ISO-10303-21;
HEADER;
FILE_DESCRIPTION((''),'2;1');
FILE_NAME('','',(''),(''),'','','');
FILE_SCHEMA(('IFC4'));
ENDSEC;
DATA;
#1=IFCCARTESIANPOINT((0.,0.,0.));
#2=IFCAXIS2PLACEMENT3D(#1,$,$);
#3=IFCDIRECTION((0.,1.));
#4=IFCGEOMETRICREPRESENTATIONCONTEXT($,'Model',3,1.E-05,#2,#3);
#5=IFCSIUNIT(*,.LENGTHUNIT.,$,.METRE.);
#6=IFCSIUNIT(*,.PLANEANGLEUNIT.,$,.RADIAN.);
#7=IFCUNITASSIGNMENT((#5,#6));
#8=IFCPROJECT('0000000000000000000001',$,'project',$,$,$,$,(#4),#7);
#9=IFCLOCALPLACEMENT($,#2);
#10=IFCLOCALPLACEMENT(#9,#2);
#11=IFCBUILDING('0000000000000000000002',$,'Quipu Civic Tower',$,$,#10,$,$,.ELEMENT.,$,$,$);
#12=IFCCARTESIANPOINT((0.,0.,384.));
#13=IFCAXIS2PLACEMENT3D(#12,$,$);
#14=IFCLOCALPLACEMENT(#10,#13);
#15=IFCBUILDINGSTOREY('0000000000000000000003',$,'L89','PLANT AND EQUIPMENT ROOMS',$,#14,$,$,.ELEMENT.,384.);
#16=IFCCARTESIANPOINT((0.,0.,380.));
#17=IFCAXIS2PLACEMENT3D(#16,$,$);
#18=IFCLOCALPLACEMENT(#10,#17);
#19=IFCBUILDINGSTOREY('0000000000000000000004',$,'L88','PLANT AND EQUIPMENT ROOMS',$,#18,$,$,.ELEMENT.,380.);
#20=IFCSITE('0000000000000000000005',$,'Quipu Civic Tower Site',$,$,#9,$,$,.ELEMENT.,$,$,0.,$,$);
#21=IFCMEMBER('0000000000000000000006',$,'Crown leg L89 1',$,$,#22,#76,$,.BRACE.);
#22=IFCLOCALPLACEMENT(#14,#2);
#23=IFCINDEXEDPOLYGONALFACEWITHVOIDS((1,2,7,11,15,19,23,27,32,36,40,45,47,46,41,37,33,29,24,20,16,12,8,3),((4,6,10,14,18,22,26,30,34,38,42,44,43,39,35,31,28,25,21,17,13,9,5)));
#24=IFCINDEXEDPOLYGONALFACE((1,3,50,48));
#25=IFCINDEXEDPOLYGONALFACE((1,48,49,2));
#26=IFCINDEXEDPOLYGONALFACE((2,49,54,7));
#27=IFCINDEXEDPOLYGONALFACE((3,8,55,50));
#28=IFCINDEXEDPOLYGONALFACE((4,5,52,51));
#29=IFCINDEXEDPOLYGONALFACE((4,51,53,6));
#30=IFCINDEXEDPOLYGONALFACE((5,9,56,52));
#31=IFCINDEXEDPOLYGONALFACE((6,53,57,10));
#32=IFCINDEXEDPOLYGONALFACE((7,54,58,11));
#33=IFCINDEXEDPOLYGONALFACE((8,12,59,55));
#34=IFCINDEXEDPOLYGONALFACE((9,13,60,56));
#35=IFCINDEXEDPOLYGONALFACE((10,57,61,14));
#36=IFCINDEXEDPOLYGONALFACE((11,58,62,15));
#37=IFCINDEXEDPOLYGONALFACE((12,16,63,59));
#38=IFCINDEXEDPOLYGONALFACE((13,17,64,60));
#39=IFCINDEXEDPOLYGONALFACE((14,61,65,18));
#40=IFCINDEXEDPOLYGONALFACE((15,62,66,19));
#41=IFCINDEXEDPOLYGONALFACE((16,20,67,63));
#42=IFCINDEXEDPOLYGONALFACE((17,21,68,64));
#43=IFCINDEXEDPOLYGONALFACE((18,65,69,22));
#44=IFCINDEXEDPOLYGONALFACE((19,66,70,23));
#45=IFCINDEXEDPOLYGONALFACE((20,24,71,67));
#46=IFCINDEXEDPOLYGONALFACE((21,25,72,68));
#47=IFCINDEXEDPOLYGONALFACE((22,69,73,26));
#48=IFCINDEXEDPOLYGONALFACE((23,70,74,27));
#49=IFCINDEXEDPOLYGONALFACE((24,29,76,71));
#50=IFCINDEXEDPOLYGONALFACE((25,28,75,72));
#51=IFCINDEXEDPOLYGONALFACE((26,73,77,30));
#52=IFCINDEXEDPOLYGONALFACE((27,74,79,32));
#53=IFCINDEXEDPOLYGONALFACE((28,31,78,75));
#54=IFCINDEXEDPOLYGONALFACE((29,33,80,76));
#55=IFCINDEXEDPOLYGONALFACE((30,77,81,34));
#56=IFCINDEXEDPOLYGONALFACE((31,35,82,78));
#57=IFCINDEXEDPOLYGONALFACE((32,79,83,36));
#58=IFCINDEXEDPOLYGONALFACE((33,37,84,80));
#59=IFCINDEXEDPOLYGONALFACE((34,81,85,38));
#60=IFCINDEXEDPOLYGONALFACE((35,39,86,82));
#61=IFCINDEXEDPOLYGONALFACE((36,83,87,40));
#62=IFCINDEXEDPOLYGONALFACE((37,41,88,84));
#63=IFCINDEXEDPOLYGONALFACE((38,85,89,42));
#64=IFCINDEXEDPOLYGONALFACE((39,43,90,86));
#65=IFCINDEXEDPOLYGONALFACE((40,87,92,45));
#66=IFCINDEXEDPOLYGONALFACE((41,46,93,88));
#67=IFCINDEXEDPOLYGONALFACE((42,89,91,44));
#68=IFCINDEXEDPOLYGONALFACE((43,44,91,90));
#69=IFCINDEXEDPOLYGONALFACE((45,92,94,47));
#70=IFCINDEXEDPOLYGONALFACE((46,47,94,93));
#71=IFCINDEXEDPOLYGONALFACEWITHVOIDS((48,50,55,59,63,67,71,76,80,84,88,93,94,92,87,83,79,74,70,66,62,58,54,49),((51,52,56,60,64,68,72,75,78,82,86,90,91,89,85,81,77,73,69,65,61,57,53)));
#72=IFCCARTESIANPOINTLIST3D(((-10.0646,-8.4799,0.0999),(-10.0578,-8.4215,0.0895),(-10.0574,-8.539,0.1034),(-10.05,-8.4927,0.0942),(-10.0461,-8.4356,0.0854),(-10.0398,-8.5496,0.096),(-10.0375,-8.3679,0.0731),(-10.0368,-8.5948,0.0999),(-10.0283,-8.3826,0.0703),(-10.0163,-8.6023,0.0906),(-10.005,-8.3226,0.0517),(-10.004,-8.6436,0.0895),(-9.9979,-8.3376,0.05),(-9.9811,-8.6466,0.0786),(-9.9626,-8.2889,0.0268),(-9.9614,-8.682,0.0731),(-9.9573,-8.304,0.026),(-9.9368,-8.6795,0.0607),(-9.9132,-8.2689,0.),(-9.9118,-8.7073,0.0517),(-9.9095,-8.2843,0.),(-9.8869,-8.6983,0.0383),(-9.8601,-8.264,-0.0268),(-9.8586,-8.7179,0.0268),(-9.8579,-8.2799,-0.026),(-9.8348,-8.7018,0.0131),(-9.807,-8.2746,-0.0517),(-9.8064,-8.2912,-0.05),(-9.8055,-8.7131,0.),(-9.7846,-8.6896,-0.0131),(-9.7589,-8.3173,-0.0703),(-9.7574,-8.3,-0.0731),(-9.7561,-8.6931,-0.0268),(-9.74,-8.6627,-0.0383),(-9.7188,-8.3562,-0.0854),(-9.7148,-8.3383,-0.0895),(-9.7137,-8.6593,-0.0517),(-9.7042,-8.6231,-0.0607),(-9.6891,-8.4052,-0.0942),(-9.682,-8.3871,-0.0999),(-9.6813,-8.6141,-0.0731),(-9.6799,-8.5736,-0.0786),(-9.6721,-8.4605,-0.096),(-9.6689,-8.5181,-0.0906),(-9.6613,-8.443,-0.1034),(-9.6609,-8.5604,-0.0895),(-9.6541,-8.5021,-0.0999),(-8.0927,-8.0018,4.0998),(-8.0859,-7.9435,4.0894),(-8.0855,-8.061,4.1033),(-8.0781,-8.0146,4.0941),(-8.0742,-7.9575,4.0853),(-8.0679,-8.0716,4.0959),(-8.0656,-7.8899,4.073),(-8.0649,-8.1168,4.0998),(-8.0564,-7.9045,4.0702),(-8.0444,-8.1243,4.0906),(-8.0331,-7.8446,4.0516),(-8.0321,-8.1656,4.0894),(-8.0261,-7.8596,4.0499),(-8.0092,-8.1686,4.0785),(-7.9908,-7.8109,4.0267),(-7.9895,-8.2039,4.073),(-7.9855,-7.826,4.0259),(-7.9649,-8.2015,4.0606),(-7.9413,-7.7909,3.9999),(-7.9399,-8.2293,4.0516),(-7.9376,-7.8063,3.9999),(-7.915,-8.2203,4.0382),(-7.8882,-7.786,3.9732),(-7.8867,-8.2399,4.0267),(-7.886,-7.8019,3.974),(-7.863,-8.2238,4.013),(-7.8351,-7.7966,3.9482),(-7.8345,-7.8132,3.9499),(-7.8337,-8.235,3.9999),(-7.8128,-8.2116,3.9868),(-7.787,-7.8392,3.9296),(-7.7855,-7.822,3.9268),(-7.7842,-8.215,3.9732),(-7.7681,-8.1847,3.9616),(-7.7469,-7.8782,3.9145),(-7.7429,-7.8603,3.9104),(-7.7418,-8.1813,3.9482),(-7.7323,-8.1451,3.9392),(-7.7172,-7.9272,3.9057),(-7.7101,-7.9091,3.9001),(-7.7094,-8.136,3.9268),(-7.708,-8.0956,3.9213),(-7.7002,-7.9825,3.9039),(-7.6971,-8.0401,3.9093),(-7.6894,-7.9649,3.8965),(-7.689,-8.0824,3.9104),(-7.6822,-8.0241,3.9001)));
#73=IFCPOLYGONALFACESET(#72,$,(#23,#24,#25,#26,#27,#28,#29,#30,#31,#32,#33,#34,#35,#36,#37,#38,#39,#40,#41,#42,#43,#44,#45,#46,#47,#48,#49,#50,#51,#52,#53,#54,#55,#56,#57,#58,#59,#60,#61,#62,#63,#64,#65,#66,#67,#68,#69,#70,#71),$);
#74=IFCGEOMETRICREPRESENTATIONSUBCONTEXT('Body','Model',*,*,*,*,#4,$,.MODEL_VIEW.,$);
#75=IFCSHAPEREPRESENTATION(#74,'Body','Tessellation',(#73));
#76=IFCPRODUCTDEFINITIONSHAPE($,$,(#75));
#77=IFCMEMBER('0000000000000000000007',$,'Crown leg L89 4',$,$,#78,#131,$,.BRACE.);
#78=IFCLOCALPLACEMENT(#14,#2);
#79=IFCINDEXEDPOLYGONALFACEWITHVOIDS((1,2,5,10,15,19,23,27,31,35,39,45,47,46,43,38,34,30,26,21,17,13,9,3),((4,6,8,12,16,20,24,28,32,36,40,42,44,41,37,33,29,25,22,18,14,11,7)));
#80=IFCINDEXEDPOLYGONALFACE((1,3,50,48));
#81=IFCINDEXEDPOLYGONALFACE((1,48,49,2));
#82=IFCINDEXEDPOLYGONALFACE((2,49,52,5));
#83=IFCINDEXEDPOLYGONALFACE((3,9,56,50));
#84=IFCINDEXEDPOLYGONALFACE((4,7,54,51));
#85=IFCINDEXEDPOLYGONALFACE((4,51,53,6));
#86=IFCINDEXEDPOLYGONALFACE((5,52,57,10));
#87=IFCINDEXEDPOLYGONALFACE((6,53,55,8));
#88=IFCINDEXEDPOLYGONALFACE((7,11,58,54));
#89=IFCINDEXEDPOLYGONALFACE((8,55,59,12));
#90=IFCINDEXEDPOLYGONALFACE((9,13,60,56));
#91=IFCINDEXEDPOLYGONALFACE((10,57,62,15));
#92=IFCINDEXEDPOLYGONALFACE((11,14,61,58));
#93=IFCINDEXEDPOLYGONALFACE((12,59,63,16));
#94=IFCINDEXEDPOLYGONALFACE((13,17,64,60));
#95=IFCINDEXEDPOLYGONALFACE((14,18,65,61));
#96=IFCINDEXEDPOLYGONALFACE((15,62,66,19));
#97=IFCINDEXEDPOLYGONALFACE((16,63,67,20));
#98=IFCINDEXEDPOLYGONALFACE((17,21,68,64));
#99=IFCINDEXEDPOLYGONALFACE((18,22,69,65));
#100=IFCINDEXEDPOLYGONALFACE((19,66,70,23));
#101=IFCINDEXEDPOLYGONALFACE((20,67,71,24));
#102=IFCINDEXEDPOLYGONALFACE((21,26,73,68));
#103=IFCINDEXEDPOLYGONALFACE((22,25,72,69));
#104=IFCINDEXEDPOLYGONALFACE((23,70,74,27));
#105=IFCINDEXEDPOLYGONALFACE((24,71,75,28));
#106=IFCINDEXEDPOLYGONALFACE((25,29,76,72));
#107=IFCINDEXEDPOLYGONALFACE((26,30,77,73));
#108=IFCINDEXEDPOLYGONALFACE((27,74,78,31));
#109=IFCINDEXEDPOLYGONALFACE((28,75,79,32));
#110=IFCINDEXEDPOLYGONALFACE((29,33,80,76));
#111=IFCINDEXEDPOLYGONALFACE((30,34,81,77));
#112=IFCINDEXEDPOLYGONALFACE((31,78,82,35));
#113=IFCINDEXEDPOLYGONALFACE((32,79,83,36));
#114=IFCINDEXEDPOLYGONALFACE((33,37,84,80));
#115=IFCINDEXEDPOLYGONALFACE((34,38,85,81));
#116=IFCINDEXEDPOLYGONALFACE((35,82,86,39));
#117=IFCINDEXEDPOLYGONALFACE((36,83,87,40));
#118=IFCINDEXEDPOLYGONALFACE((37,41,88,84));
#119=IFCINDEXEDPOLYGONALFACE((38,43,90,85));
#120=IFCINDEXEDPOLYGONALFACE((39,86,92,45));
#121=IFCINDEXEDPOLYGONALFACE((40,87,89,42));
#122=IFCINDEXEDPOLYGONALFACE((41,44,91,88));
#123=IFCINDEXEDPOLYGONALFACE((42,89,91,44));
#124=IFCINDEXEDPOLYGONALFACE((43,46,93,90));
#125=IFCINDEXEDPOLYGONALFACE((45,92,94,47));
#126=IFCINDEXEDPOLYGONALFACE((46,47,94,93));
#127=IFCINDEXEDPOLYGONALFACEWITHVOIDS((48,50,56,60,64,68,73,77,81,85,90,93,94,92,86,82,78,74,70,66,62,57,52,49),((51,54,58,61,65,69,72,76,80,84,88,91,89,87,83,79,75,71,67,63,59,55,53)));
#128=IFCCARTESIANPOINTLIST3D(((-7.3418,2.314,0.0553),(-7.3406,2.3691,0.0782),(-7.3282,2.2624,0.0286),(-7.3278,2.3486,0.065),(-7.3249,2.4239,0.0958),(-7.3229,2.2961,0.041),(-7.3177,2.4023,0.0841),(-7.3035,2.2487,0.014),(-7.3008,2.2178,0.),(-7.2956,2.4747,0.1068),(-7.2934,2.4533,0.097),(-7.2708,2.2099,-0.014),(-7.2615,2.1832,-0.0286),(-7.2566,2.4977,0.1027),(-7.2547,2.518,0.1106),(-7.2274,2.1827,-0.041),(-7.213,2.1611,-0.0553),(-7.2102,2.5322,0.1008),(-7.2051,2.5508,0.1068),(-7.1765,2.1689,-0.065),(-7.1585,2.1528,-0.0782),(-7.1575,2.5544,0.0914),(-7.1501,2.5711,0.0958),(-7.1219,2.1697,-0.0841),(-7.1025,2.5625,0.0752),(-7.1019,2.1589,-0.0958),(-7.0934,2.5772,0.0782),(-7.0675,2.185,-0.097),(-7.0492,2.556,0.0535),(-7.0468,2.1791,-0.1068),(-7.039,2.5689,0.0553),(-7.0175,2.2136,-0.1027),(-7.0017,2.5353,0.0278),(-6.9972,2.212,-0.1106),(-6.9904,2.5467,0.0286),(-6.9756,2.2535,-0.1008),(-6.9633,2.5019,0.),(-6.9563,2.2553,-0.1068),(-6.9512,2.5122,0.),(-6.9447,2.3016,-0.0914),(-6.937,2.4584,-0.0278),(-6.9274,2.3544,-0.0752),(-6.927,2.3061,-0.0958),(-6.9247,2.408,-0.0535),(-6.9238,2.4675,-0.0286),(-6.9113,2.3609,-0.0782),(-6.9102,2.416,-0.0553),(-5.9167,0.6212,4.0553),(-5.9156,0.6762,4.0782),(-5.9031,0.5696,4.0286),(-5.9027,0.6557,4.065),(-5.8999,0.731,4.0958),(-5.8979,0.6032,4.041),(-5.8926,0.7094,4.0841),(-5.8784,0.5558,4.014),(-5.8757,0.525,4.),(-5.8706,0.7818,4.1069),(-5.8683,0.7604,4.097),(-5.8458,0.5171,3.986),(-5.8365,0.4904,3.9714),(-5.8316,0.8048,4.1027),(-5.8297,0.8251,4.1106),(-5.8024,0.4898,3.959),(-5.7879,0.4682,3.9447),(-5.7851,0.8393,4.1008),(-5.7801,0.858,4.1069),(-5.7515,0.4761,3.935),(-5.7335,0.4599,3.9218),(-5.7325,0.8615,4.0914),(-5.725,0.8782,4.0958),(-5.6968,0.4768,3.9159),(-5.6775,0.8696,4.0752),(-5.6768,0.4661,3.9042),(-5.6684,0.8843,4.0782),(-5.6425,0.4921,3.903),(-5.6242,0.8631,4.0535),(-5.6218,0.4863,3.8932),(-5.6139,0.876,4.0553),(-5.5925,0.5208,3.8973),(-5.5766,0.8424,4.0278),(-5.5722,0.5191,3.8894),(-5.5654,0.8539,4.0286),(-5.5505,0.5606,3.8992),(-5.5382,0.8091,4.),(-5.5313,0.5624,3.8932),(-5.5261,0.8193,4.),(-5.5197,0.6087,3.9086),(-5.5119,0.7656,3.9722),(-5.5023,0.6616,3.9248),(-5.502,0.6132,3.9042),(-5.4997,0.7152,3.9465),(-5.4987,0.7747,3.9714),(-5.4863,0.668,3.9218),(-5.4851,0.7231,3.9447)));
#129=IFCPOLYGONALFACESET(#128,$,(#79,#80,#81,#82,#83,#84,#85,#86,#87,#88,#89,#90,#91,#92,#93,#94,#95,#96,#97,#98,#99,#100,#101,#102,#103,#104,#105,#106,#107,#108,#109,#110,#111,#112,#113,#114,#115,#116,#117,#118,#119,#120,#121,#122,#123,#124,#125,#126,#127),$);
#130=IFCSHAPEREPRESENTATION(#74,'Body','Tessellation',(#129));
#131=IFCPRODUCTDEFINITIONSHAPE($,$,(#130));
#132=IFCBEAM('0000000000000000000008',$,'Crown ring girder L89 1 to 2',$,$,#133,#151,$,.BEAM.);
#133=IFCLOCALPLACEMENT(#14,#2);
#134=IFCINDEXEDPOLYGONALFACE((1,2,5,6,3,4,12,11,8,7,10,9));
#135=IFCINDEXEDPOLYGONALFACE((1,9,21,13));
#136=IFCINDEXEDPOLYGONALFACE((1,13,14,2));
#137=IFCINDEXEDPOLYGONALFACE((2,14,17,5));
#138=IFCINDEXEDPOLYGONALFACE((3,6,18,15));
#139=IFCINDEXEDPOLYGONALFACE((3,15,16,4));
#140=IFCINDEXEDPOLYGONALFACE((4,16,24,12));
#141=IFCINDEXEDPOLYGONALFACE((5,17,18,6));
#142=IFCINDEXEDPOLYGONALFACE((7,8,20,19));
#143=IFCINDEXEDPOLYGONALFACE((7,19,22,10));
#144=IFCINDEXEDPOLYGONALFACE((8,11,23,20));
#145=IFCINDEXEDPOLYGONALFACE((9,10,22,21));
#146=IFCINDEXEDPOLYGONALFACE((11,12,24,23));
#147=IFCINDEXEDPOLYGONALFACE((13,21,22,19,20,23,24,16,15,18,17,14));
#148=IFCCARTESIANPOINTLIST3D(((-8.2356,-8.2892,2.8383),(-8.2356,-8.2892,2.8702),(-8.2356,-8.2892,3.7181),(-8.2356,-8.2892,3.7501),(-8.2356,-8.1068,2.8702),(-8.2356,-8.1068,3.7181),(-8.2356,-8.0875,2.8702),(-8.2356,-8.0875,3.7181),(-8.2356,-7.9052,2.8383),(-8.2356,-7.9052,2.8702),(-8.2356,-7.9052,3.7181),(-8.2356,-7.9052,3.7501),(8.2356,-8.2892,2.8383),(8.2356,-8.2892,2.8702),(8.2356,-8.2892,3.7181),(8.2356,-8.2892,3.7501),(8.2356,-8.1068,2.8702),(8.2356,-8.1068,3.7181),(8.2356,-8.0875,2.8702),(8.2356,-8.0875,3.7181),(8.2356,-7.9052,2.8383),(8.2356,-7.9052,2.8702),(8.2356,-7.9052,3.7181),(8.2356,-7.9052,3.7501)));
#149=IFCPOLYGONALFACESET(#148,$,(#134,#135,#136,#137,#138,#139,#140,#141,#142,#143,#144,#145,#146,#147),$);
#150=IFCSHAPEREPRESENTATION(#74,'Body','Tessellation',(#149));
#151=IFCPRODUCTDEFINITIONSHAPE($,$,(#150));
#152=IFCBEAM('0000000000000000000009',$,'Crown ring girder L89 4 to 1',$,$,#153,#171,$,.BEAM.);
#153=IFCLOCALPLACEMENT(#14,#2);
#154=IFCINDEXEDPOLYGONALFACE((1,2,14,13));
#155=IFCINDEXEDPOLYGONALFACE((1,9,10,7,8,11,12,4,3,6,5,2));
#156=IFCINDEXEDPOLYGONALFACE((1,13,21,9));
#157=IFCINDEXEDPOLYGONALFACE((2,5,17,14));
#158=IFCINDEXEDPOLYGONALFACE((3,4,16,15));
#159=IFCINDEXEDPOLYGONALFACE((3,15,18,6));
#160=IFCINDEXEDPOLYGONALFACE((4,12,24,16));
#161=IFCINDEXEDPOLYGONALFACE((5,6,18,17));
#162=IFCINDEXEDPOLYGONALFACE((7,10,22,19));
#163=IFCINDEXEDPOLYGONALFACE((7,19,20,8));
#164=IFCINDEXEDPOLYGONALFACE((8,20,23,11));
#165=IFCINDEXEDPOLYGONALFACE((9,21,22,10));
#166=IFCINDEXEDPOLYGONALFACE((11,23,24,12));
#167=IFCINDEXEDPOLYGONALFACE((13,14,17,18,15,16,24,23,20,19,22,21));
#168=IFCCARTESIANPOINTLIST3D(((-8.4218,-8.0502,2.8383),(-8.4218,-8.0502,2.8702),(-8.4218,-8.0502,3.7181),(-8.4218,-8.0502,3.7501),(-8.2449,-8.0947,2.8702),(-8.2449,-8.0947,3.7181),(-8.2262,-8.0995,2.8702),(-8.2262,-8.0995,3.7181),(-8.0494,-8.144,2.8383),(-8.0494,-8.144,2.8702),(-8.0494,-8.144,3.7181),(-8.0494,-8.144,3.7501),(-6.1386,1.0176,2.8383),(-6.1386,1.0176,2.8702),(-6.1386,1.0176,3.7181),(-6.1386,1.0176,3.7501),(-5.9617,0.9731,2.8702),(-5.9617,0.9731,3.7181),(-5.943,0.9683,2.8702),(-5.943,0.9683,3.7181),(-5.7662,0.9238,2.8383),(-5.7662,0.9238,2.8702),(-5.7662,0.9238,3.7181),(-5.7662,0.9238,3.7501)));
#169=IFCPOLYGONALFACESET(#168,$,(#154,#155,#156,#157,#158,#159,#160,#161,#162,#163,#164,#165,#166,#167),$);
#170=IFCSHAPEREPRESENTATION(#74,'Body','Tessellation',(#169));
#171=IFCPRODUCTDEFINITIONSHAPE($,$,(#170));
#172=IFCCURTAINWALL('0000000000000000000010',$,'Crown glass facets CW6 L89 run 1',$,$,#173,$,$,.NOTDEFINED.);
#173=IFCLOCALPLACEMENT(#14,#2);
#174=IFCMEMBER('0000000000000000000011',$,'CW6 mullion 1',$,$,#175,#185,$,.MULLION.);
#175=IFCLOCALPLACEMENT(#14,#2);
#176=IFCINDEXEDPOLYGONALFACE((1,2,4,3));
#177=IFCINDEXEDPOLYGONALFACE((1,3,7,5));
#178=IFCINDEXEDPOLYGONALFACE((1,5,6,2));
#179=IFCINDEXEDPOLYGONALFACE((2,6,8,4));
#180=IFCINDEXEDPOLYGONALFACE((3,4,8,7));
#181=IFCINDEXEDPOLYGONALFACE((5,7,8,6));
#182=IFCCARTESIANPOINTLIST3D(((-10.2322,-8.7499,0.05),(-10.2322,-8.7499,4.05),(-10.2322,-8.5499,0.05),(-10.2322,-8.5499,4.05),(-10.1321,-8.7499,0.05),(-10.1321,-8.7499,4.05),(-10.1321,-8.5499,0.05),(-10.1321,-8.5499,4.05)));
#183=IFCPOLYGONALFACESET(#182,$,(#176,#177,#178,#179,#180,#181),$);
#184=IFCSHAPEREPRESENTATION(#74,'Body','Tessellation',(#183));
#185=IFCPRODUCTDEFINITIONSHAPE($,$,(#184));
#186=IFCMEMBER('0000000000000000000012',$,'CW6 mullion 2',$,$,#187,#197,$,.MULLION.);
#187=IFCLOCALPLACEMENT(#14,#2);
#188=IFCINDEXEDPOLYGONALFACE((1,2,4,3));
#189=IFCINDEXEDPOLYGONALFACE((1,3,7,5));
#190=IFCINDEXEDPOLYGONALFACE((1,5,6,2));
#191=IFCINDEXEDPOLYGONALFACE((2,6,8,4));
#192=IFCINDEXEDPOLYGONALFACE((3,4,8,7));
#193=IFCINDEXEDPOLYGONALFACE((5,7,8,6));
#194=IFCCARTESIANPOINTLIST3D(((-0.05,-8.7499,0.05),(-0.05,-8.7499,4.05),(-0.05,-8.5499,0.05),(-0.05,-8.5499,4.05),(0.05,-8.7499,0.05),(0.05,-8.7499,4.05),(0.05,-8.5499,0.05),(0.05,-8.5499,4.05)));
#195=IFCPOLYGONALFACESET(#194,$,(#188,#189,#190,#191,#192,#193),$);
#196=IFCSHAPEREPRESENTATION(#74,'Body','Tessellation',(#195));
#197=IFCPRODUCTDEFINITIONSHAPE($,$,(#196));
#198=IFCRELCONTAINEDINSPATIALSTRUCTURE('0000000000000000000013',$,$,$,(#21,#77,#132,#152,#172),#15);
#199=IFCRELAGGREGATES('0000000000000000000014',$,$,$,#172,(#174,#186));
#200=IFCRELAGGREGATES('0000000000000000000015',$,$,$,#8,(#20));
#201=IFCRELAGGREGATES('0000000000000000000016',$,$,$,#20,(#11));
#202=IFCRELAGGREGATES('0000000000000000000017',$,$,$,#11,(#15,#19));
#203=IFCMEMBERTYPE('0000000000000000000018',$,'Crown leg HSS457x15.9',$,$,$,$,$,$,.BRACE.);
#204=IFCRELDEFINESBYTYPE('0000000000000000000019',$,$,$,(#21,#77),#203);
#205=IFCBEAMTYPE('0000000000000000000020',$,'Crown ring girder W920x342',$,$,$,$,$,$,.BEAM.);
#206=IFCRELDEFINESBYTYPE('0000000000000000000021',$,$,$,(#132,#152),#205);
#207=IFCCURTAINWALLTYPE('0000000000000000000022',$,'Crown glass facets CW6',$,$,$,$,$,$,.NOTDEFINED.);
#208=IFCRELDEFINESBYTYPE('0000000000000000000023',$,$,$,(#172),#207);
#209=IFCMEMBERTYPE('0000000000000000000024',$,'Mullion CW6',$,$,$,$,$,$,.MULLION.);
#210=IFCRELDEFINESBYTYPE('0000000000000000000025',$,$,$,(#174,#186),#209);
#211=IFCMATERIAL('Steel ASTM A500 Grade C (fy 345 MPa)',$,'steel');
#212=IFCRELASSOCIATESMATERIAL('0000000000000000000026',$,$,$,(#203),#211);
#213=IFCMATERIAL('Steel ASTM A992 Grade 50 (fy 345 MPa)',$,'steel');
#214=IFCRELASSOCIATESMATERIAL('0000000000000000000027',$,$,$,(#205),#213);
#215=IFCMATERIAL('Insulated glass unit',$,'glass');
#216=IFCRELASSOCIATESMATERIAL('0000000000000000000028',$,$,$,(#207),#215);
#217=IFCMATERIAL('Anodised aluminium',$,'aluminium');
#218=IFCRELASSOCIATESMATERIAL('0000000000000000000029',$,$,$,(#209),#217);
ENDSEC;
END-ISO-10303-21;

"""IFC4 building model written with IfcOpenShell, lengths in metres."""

from ifc_helpers import new_model, si_unit, direction, frame, origin, origin_2d, place, context, subcontext, project, spatial, rectangle, hollow_circle, i_section, extrude, material, material_profile, profile_set, type_object, element, aggregate, save


model = new_model("IFC4")

# Units and contexts
model_context = context("Model", 3, precision=1e-05, world=origin(), true_north=direction((0.0, 1.0)))
body_context = subcontext(model_context, "Body", "Model", "MODEL_VIEW")
ifc_project = project(units=[si_unit("LENGTHUNIT", "METRE"), si_unit("PLANEANGLEUNIT", "RADIAN")], contexts=[model_context])

# Site, building, storey
site_placement = place(None, origin())
site = spatial("IfcSite", under=ifc_project, at=site_placement, Name="Quipu Civic Tower Site", CompositionType="ELEMENT", RefElevation=0.0)
building_placement = place(site_placement, origin())
building = spatial("IfcBuilding", under=site, at=building_placement, Name="Quipu Civic Tower", CompositionType="ELEMENT")
storey_1_placement = place(building_placement, frame((0.0, 0.0, 384.0)))
storey_1 = spatial("IfcBuildingStorey", under=building, at=storey_1_placement, Name="L89", Description="PLANT AND EQUIPMENT ROOMS", CompositionType="ELEMENT", Elevation=384.0)

# Members
ifc_material_1 = material(Name="Steel ASTM A500 Grade C (fy 345 MPa)", Category="steel")
ifc_material_profile_1 = material_profile(ifc_material_1, hollow_circle(Radius=0.2285, WallThickness=0.0159, at=origin_2d()), Name="HSS457x15.9")
ifc_profile_set_1 = profile_set([ifc_material_profile_1], Name="Steel ASTM A500 Grade C (fy 345 MPa)")
member_type_1 = type_object("IfcMemberType", Name="Crown leg HSS457x15.9", PredefinedType="BRACE", material=ifc_profile_set_1)
member_1_placement = place(storey_1_placement, frame((-9.8594, -8.491, 0.0), z_axis=(0.439652, 0.106579, 0.891823), x_axis=(-0.235593, 0.971852, 0.0)))
element("IfcMember", 1, at=member_1_placement, inside=storey_1, type_object=member_type_1, Name="Crown leg L89 1", PredefinedType="BRACE", context=body_context, shape_type="SweptSolid", body=[
    extrude(hollow_circle(Radius=0.2285, WallThickness=0.0159, at=origin_2d()), origin(), (0.0, 0.0, 1.0), 4.4851),
])
member_2_placement = place(storey_1_placement, frame((-7.126, 2.365, 0.0), z_axis=(0.31174, -0.370328, 0.875029), x_axis=(0.765028, 0.643996, 0.0)))
element("IfcMember", 2, at=member_2_placement, inside=storey_1, type_object=member_type_1, Name="Crown leg L89 4", PredefinedType="BRACE", context=body_context, shape_type="SweptSolid", body=[
    extrude(hollow_circle(Radius=0.2285, WallThickness=0.0159, at=origin_2d()), origin(), (0.0, 0.0, 1.0), 4.5713),
])

# Beams
ifc_material_2 = material(Name="Steel ASTM A992 Grade 50 (fy 345 MPa)", Category="steel")
ifc_material_profile_2 = material_profile(ifc_material_2, i_section(OverallWidth=0.384, OverallDepth=0.9119, WebThickness=0.0193, FlangeThickness=0.032, at=origin_2d()), Name="W920x342")
ifc_profile_set_2 = profile_set([ifc_material_profile_2], Name="Steel ASTM A992 Grade 50 (fy 345 MPa)")
beam_type = type_object("IfcBeamType", Name="Crown ring girder W920x342", PredefinedType="BEAM", material=ifc_profile_set_2)
beam_1_placement = place(storey_1_placement, frame((-8.2356, -8.0972, 3.2942), z_axis=(1.0, 0.0, 0.0), x_axis=(0.0, 1.0, 0.0)))
element("IfcBeam", 3, at=beam_1_placement, inside=storey_1, type_object=beam_type, Name="Crown ring girder L89 1 to 2", PredefinedType="BEAM", context=body_context, shape_type="SweptSolid", body=[
    extrude(i_section(OverallWidth=0.384, OverallDepth=0.9119, WebThickness=0.0193, FlangeThickness=0.032, at=origin_2d()), origin(), (0.0, 0.0, 1.0), 16.4712),
])
beam_2_placement = place(storey_1_placement, frame((-5.9524, 0.9707, 3.2942), z_axis=(-0.244169, -0.969733, 0.0), x_axis=(0.969733, -0.244169, 0.0)))
element("IfcBeam", 4, at=beam_2_placement, inside=storey_1, type_object=beam_type, Name="Crown ring girder L89 4 to 1", PredefinedType="BEAM", context=body_context, shape_type="SweptSolid", body=[
    extrude(i_section(OverallWidth=0.384, OverallDepth=0.9119, WebThickness=0.0193, FlangeThickness=0.032, at=origin_2d()), origin(), (0.0, 0.0, 1.0), 9.3508),
])

# Curtain wall, members
ifc_material_3 = material(Name="Insulated glass unit", Category="glass")
curtain_wall_type_1 = type_object("IfcCurtainWallType", Name="Crown glass facets CW6", PredefinedType="NOTDEFINED", material=ifc_material_3)
curtain_wall_1_placement = place(storey_1_placement, origin())
curtain_wall_1 = element("IfcCurtainWall", 5, at=curtain_wall_1_placement, inside=storey_1, type_object=curtain_wall_type_1, Name="Crown glass facets CW6 L89 run 1", PredefinedType="NOTDEFINED")
ifc_material_4 = material(Name="Anodised aluminium", Category="aluminium")
ifc_material_profile_3 = material_profile(ifc_material_4, rectangle(XDim=0.2, YDim=0.1001, at=origin_2d()), Name="RECT 200x100")
ifc_profile_set_3 = profile_set([ifc_material_profile_3], Name="Anodised aluminium")
member_type_2 = type_object("IfcMemberType", Name="Mullion CW6", PredefinedType="MULLION", material=ifc_profile_set_3)
member_3_placement = place(storey_1_placement, frame((-10.1821, -8.6499, 0.05), z_axis=(0.0, 0.0, 1.0), x_axis=(0.0, 1.0, 0.0)))
member_3 = element("IfcMember", 6, at=member_3_placement, type_object=member_type_2, Name="CW6 mullion 1", PredefinedType="MULLION", context=body_context, shape_type="SweptSolid", body=[
    extrude(rectangle(XDim=0.2, YDim=0.1001, at=origin_2d()), origin(), (0.0, 0.0, 1.0), 4.0),
])
member_4_placement = place(storey_1_placement, frame((0.0, -8.6499, 0.05), z_axis=(0.0, 0.0, 1.0), x_axis=(0.0, 1.0, 0.0)))
member_4 = element("IfcMember", 7, at=member_4_placement, type_object=member_type_2, Name="CW6 mullion 2", PredefinedType="MULLION", context=body_context, shape_type="SweptSolid", body=[
    extrude(rectangle(XDim=0.2, YDim=0.1001, at=origin_2d()), origin(), (0.0, 0.0, 1.0), 4.0),
])

# Shared definitions
storey_2_placement = place(building_placement, frame((0.0, 0.0, 380.0)))
storey_2 = spatial("IfcBuildingStorey", under=building, at=storey_2_placement, Name="L88", Description="PLANT AND EQUIPMENT ROOMS", CompositionType="ELEMENT", Elevation=380.0)

aggregate(curtain_wall_1, [member_3, member_4])

save(model, "model.ifc")
